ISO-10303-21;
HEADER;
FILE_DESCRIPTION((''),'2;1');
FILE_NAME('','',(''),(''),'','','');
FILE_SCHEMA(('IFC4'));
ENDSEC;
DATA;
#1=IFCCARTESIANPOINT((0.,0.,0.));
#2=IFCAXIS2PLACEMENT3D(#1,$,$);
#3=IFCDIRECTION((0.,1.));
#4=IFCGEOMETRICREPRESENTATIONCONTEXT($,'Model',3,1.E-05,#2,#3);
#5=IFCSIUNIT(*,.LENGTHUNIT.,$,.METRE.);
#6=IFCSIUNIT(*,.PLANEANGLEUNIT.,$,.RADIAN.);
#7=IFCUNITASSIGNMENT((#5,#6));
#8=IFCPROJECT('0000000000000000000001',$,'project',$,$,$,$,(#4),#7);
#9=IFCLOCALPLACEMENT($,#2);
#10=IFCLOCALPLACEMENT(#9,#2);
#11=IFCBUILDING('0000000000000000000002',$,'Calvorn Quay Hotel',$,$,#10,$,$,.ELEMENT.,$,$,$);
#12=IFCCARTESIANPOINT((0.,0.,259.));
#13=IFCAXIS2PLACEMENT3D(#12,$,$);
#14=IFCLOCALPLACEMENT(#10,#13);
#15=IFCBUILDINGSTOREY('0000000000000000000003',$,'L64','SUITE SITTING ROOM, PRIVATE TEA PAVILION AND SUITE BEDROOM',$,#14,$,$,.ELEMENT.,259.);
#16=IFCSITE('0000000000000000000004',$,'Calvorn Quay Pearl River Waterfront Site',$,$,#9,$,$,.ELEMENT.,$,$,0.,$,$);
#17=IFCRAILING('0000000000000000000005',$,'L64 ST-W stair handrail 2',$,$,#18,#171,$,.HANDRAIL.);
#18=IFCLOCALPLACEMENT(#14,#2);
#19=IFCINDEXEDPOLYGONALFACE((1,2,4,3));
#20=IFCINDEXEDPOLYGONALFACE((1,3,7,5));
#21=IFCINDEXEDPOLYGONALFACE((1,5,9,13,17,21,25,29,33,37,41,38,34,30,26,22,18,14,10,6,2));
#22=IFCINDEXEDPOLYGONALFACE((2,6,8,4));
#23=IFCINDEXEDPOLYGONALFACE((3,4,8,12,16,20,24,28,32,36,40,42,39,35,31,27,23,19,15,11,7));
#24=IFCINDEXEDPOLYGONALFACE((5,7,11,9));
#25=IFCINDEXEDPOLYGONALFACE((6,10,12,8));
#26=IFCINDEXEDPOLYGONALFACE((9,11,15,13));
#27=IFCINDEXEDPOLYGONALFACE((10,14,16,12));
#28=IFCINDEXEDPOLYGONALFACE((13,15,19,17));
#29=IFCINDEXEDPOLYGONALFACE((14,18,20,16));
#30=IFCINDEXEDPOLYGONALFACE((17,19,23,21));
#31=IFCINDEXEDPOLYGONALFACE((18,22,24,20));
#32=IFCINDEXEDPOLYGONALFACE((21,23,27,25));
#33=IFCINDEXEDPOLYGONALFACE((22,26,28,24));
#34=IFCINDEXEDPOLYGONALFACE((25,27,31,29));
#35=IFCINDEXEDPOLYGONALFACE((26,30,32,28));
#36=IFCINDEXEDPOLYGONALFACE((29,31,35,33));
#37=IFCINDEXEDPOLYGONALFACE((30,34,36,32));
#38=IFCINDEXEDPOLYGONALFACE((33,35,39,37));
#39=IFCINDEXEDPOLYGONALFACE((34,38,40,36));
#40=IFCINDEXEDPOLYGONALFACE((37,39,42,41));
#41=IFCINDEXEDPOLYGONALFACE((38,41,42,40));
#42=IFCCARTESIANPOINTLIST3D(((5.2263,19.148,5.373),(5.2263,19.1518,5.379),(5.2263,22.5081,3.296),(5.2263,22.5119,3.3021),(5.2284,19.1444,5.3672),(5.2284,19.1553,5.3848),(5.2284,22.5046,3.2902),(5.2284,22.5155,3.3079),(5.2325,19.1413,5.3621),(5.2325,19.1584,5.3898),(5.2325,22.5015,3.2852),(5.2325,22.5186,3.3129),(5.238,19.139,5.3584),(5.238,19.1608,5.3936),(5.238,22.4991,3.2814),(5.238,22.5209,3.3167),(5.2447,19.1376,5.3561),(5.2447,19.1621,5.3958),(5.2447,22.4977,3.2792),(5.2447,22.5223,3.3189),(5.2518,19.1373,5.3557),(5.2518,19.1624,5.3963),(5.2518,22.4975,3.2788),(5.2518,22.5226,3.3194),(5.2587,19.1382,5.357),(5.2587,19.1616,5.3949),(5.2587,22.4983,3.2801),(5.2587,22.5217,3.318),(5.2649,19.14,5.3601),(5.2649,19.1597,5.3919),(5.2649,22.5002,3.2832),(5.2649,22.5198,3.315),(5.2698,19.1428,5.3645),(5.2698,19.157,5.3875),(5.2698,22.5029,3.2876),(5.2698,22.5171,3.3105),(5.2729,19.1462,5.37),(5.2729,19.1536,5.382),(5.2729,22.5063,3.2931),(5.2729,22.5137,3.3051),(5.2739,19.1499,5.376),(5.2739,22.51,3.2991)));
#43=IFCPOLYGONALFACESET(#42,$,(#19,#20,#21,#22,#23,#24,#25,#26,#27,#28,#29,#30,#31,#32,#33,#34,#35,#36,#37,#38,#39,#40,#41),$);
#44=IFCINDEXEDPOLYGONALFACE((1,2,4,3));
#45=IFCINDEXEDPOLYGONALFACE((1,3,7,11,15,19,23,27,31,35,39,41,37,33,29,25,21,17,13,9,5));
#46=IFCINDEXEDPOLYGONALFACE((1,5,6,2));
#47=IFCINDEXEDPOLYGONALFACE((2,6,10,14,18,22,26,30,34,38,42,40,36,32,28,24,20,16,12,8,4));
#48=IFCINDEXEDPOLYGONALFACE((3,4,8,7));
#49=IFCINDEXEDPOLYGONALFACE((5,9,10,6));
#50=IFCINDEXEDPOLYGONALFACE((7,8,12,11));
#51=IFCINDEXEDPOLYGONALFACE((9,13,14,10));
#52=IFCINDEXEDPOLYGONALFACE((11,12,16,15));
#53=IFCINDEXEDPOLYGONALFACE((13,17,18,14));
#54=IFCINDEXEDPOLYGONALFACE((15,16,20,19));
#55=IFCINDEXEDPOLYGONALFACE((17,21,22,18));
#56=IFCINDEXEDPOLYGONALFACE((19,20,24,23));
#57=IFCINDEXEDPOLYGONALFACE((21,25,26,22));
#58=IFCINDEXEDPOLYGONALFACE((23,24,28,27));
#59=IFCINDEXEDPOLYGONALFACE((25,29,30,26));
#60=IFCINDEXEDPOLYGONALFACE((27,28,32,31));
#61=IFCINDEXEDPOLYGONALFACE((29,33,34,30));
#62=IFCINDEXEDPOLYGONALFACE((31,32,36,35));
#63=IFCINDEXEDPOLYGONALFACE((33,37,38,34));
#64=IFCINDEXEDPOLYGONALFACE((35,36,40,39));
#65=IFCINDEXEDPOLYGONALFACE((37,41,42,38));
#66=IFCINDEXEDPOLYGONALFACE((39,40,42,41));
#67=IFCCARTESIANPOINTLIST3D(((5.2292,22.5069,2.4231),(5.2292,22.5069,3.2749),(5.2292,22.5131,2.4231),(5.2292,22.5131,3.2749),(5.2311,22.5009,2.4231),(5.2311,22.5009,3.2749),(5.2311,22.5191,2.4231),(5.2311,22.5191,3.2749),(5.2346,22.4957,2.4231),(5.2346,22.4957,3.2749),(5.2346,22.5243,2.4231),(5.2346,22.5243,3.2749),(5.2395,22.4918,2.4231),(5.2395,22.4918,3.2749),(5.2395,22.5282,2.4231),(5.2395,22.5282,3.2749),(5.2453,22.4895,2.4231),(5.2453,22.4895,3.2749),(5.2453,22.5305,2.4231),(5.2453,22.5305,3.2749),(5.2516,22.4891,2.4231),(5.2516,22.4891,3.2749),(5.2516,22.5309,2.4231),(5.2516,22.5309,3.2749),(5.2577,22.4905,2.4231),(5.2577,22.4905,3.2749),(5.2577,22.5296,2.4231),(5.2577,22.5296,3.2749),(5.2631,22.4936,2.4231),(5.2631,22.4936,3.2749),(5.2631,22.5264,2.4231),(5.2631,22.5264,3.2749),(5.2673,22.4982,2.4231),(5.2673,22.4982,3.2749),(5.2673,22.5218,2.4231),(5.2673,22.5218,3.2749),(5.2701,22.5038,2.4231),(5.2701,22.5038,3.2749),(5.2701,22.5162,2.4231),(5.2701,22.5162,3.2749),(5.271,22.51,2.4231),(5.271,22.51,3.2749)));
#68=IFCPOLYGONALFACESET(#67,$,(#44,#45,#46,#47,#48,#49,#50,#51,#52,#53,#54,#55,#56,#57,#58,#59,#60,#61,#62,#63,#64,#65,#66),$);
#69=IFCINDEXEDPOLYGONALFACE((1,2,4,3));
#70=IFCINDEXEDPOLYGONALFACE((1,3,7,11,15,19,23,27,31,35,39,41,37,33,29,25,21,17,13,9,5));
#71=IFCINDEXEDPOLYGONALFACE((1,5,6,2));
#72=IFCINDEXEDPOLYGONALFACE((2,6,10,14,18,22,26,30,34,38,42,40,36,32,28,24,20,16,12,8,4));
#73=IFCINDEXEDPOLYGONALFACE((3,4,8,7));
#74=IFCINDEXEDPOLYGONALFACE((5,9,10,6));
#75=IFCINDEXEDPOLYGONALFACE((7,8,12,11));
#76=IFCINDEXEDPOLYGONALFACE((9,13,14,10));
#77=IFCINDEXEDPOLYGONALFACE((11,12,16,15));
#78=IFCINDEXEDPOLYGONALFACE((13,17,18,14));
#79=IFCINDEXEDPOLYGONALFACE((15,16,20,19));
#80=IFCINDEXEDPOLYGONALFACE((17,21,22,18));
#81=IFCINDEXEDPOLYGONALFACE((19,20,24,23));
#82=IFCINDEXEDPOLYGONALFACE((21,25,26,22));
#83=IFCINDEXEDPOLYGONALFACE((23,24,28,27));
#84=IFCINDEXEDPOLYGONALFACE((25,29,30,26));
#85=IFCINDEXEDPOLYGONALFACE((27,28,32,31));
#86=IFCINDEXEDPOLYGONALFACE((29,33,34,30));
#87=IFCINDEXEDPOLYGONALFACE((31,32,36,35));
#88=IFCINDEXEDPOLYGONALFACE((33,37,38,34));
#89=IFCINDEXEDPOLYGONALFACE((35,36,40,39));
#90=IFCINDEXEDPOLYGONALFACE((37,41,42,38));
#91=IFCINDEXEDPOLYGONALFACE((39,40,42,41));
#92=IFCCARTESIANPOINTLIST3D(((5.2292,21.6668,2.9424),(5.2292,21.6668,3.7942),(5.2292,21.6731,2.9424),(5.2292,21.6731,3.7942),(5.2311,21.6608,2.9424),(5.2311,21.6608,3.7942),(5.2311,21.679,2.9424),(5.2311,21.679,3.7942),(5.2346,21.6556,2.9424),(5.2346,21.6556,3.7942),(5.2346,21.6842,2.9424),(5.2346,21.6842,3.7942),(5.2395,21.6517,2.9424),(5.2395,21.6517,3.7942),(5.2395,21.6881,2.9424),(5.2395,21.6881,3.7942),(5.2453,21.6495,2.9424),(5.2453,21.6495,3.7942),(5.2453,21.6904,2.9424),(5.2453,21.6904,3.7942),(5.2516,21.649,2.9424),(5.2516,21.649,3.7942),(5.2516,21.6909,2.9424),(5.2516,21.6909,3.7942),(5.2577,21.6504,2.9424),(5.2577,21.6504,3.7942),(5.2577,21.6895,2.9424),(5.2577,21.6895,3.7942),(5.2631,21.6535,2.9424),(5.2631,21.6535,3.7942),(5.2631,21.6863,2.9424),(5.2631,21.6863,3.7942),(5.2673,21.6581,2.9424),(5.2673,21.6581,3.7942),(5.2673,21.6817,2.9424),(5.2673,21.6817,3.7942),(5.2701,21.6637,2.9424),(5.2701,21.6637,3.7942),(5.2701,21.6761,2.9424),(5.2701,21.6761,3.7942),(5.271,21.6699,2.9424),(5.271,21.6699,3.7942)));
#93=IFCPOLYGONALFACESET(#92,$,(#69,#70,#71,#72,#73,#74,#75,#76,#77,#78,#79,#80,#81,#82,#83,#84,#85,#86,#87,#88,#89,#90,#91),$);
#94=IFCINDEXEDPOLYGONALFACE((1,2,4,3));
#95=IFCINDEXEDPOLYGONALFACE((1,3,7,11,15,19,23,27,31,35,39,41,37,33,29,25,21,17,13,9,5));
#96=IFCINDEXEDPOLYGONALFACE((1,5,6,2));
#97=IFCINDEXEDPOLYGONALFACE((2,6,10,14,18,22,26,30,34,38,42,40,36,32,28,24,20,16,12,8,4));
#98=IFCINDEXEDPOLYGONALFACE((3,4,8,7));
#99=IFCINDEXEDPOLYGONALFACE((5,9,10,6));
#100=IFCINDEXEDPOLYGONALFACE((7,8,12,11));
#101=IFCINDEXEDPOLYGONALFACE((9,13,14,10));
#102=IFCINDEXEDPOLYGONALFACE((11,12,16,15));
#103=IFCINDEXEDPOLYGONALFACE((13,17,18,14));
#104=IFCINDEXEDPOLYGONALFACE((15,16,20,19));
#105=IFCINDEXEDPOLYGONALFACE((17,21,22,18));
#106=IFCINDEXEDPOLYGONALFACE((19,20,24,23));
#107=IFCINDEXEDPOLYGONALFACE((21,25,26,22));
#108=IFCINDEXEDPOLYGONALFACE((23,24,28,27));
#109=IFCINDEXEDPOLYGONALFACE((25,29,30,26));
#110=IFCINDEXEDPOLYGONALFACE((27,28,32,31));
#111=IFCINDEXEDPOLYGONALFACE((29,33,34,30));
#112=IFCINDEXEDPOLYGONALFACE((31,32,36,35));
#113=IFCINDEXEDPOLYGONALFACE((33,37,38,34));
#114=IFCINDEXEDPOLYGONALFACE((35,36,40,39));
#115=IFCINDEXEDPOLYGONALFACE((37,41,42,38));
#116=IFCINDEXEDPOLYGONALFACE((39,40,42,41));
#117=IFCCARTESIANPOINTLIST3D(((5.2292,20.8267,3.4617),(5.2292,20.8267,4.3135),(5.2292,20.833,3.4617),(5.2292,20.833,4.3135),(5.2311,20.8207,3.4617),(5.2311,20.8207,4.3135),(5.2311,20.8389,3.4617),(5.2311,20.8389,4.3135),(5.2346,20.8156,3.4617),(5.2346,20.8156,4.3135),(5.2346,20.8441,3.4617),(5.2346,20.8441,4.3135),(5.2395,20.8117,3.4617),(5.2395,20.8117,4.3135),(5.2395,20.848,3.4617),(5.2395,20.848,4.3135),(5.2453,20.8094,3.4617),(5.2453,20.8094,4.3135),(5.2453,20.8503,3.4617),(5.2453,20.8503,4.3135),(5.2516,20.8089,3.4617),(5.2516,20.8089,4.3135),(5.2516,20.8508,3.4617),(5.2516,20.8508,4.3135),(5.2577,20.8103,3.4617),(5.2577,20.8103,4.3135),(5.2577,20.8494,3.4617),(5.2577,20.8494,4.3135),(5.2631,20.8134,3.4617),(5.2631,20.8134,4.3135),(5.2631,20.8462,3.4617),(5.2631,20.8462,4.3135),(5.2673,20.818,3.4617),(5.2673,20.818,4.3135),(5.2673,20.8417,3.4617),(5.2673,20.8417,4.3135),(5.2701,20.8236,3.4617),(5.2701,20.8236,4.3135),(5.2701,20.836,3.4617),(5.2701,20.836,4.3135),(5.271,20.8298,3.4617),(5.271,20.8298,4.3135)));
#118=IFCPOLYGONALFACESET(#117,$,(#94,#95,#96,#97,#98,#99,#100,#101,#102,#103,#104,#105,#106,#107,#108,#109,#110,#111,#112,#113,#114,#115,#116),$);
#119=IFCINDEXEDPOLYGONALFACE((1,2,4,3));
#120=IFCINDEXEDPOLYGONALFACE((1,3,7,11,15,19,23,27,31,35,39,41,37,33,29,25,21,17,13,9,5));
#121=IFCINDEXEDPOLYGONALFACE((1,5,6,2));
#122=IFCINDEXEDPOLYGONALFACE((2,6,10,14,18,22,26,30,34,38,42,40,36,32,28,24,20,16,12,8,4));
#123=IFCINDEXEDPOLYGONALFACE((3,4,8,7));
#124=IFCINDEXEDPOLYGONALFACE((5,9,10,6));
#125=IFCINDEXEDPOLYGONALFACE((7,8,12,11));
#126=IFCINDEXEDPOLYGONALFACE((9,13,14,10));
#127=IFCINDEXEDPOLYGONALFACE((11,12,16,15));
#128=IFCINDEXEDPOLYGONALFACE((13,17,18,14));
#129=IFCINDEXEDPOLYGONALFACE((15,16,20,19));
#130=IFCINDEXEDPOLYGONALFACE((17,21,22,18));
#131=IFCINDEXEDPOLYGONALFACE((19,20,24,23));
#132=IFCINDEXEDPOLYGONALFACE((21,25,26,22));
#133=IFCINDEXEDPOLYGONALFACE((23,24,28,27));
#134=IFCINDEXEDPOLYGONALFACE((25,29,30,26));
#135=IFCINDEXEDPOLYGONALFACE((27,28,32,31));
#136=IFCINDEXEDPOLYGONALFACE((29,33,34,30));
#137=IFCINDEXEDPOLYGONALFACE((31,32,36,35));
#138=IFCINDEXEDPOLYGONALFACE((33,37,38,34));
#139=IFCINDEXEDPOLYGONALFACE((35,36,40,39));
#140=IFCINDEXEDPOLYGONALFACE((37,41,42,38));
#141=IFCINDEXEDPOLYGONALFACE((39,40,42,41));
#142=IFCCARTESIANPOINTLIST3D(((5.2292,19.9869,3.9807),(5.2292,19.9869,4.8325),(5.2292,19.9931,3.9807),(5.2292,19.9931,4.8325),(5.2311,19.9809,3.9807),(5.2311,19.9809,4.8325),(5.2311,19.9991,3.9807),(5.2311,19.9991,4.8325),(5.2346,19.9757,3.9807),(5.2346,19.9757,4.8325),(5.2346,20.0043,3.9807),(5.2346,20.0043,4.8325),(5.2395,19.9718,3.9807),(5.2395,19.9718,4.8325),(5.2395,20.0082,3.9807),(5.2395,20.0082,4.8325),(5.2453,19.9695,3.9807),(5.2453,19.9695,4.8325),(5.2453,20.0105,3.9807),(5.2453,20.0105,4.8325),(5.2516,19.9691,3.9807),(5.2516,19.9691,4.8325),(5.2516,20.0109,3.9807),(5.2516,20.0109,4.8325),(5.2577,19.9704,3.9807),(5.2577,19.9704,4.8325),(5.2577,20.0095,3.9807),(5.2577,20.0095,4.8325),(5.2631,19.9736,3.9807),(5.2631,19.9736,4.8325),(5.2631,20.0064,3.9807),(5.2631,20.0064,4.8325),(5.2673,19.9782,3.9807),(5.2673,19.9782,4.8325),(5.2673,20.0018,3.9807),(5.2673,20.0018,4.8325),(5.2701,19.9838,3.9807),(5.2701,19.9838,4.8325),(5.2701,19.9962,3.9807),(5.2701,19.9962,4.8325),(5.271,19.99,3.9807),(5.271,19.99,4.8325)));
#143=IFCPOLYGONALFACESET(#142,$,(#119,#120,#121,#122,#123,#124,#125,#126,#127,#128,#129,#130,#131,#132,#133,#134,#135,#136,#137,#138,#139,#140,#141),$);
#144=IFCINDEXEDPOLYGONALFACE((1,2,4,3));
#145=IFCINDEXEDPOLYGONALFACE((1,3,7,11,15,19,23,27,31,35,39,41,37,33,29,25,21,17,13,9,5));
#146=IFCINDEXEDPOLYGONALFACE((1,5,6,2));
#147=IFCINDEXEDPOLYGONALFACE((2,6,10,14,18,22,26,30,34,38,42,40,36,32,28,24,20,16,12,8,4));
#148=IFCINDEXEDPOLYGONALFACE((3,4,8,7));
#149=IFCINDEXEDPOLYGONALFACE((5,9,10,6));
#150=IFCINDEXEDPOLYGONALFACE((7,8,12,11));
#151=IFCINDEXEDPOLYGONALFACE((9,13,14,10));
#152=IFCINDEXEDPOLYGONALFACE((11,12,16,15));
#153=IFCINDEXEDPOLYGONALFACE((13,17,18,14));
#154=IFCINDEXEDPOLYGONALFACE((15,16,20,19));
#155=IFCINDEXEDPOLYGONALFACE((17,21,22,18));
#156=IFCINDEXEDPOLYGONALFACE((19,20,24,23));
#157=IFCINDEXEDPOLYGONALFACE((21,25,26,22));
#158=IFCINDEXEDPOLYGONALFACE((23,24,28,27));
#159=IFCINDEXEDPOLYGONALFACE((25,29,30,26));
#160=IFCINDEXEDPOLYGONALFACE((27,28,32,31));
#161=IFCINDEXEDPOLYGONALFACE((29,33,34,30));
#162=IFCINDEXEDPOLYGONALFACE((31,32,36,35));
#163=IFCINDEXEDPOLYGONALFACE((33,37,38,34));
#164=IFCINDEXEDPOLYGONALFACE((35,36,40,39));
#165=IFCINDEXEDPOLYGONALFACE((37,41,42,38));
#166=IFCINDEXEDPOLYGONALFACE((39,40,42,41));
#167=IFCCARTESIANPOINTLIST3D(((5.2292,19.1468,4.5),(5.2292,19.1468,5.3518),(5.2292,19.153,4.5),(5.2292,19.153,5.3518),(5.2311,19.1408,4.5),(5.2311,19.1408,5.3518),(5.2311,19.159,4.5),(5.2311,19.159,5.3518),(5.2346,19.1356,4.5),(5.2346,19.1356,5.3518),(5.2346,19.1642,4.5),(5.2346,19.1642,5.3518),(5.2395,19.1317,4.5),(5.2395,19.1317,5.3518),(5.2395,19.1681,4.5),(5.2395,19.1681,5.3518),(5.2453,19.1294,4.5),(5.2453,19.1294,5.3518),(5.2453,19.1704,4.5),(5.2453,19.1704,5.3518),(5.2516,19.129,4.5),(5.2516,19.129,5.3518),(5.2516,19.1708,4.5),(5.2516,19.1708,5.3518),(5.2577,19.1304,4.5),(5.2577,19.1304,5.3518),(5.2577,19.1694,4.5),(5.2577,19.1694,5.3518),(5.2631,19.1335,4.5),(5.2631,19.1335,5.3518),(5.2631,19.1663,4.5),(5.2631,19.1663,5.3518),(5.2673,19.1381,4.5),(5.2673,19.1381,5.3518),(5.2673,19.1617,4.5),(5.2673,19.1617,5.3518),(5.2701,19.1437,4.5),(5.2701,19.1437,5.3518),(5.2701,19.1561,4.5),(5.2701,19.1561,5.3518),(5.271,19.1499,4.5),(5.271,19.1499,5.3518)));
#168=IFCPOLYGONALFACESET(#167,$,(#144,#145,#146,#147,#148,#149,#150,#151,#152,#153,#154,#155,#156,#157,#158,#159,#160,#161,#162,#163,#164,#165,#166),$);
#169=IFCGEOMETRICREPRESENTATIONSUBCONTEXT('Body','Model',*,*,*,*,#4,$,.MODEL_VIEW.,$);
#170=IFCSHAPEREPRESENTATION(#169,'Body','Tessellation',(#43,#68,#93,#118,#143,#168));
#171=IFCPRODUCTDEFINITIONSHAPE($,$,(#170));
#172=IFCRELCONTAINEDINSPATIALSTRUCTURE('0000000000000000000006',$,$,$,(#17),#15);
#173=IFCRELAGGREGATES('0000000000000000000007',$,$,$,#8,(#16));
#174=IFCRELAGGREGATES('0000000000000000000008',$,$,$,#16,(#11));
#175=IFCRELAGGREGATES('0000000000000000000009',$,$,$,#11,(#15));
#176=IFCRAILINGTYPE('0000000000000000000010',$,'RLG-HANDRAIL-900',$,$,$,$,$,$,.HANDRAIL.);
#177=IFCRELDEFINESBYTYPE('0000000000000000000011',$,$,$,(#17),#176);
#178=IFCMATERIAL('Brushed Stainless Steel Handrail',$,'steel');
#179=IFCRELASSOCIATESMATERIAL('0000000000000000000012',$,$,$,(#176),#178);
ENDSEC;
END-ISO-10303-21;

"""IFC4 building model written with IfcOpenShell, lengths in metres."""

from ifc_helpers import new_model, si_unit, direction, frame, origin, origin_2d, place, context, subcontext, project, spatial, circle, extrude, material, type_object, element, save


model = new_model("IFC4")

# Units and contexts
model_context = context("Model", 3, precision=1e-05, world=origin(), true_north=direction((0.0, 1.0)))
body_context = subcontext(model_context, "Body", "Model", "MODEL_VIEW")
ifc_project = project(units=[si_unit("LENGTHUNIT", "METRE"), si_unit("PLANEANGLEUNIT", "RADIAN")], contexts=[model_context])

# Site, building, storey
site_placement = place(None, origin())
site = spatial("IfcSite", under=ifc_project, at=site_placement, Name="Calvorn Quay Pearl River Waterfront Site", CompositionType="ELEMENT", RefElevation=0.0)
building_placement = place(site_placement, origin())
building = spatial("IfcBuilding", under=site, at=building_placement, Name="Calvorn Quay Hotel", CompositionType="ELEMENT")
storey_placement = place(building_placement, frame((0.0, 0.0, 259.0)))
storey = spatial("IfcBuildingStorey", under=building, at=storey_placement, Name="L64", Description="SUITE SITTING ROOM, PRIVATE TEA PAVILION AND SUITE BEDROOM", CompositionType="ELEMENT", Elevation=259.0)

# Railing
ifc_material_1 = material(Name="Brushed Stainless Steel Handrail", Category="steel")
railing_type_1 = type_object("IfcRailingType", Name="RLG-HANDRAIL-900", PredefinedType="HANDRAIL", material=ifc_material_1)
railing_1_placement = place(storey_placement, frame((5.25, 22.51, 2.4231)))
element("IfcRailing", 1, at=railing_1_placement, inside=storey, type_object=railing_type_1, Name="L64 ST-W stair handrail 2", PredefinedType="HANDRAIL", context=body_context, shape_type="SweptSolid", body=[
    extrude(circle(Radius=0.0239, at=origin_2d()), frame((0.0, 0.0, 0.876), z_axis=(0.0, -0.850623, 0.525776), x_axis=(1.0, 0.0, 0.0)), (0.0, 0.0, 1.0), 3.9502),
    extrude(circle(Radius=0.021, at=origin_2d()), origin(), (0.0, 0.0, 1.0), 0.8518),
    extrude(circle(Radius=0.021, at=origin_2d()), frame((0.0, -0.8401, 0.5193)), (0.0, 0.0, 1.0), 0.8518),
    extrude(circle(Radius=0.021, at=origin_2d()), frame((0.0, -1.6802, 1.0386)), (0.0, 0.0, 1.0), 0.8518),
    extrude(circle(Radius=0.021, at=origin_2d()), frame((0.0, -2.52, 1.5576)), (0.0, 0.0, 1.0), 0.8518),
    extrude(circle(Radius=0.021, at=origin_2d()), frame((0.0, -3.3601, 2.0769)), (0.0, 0.0, 1.0), 0.8518),
])

save(model, "model.ifc")
